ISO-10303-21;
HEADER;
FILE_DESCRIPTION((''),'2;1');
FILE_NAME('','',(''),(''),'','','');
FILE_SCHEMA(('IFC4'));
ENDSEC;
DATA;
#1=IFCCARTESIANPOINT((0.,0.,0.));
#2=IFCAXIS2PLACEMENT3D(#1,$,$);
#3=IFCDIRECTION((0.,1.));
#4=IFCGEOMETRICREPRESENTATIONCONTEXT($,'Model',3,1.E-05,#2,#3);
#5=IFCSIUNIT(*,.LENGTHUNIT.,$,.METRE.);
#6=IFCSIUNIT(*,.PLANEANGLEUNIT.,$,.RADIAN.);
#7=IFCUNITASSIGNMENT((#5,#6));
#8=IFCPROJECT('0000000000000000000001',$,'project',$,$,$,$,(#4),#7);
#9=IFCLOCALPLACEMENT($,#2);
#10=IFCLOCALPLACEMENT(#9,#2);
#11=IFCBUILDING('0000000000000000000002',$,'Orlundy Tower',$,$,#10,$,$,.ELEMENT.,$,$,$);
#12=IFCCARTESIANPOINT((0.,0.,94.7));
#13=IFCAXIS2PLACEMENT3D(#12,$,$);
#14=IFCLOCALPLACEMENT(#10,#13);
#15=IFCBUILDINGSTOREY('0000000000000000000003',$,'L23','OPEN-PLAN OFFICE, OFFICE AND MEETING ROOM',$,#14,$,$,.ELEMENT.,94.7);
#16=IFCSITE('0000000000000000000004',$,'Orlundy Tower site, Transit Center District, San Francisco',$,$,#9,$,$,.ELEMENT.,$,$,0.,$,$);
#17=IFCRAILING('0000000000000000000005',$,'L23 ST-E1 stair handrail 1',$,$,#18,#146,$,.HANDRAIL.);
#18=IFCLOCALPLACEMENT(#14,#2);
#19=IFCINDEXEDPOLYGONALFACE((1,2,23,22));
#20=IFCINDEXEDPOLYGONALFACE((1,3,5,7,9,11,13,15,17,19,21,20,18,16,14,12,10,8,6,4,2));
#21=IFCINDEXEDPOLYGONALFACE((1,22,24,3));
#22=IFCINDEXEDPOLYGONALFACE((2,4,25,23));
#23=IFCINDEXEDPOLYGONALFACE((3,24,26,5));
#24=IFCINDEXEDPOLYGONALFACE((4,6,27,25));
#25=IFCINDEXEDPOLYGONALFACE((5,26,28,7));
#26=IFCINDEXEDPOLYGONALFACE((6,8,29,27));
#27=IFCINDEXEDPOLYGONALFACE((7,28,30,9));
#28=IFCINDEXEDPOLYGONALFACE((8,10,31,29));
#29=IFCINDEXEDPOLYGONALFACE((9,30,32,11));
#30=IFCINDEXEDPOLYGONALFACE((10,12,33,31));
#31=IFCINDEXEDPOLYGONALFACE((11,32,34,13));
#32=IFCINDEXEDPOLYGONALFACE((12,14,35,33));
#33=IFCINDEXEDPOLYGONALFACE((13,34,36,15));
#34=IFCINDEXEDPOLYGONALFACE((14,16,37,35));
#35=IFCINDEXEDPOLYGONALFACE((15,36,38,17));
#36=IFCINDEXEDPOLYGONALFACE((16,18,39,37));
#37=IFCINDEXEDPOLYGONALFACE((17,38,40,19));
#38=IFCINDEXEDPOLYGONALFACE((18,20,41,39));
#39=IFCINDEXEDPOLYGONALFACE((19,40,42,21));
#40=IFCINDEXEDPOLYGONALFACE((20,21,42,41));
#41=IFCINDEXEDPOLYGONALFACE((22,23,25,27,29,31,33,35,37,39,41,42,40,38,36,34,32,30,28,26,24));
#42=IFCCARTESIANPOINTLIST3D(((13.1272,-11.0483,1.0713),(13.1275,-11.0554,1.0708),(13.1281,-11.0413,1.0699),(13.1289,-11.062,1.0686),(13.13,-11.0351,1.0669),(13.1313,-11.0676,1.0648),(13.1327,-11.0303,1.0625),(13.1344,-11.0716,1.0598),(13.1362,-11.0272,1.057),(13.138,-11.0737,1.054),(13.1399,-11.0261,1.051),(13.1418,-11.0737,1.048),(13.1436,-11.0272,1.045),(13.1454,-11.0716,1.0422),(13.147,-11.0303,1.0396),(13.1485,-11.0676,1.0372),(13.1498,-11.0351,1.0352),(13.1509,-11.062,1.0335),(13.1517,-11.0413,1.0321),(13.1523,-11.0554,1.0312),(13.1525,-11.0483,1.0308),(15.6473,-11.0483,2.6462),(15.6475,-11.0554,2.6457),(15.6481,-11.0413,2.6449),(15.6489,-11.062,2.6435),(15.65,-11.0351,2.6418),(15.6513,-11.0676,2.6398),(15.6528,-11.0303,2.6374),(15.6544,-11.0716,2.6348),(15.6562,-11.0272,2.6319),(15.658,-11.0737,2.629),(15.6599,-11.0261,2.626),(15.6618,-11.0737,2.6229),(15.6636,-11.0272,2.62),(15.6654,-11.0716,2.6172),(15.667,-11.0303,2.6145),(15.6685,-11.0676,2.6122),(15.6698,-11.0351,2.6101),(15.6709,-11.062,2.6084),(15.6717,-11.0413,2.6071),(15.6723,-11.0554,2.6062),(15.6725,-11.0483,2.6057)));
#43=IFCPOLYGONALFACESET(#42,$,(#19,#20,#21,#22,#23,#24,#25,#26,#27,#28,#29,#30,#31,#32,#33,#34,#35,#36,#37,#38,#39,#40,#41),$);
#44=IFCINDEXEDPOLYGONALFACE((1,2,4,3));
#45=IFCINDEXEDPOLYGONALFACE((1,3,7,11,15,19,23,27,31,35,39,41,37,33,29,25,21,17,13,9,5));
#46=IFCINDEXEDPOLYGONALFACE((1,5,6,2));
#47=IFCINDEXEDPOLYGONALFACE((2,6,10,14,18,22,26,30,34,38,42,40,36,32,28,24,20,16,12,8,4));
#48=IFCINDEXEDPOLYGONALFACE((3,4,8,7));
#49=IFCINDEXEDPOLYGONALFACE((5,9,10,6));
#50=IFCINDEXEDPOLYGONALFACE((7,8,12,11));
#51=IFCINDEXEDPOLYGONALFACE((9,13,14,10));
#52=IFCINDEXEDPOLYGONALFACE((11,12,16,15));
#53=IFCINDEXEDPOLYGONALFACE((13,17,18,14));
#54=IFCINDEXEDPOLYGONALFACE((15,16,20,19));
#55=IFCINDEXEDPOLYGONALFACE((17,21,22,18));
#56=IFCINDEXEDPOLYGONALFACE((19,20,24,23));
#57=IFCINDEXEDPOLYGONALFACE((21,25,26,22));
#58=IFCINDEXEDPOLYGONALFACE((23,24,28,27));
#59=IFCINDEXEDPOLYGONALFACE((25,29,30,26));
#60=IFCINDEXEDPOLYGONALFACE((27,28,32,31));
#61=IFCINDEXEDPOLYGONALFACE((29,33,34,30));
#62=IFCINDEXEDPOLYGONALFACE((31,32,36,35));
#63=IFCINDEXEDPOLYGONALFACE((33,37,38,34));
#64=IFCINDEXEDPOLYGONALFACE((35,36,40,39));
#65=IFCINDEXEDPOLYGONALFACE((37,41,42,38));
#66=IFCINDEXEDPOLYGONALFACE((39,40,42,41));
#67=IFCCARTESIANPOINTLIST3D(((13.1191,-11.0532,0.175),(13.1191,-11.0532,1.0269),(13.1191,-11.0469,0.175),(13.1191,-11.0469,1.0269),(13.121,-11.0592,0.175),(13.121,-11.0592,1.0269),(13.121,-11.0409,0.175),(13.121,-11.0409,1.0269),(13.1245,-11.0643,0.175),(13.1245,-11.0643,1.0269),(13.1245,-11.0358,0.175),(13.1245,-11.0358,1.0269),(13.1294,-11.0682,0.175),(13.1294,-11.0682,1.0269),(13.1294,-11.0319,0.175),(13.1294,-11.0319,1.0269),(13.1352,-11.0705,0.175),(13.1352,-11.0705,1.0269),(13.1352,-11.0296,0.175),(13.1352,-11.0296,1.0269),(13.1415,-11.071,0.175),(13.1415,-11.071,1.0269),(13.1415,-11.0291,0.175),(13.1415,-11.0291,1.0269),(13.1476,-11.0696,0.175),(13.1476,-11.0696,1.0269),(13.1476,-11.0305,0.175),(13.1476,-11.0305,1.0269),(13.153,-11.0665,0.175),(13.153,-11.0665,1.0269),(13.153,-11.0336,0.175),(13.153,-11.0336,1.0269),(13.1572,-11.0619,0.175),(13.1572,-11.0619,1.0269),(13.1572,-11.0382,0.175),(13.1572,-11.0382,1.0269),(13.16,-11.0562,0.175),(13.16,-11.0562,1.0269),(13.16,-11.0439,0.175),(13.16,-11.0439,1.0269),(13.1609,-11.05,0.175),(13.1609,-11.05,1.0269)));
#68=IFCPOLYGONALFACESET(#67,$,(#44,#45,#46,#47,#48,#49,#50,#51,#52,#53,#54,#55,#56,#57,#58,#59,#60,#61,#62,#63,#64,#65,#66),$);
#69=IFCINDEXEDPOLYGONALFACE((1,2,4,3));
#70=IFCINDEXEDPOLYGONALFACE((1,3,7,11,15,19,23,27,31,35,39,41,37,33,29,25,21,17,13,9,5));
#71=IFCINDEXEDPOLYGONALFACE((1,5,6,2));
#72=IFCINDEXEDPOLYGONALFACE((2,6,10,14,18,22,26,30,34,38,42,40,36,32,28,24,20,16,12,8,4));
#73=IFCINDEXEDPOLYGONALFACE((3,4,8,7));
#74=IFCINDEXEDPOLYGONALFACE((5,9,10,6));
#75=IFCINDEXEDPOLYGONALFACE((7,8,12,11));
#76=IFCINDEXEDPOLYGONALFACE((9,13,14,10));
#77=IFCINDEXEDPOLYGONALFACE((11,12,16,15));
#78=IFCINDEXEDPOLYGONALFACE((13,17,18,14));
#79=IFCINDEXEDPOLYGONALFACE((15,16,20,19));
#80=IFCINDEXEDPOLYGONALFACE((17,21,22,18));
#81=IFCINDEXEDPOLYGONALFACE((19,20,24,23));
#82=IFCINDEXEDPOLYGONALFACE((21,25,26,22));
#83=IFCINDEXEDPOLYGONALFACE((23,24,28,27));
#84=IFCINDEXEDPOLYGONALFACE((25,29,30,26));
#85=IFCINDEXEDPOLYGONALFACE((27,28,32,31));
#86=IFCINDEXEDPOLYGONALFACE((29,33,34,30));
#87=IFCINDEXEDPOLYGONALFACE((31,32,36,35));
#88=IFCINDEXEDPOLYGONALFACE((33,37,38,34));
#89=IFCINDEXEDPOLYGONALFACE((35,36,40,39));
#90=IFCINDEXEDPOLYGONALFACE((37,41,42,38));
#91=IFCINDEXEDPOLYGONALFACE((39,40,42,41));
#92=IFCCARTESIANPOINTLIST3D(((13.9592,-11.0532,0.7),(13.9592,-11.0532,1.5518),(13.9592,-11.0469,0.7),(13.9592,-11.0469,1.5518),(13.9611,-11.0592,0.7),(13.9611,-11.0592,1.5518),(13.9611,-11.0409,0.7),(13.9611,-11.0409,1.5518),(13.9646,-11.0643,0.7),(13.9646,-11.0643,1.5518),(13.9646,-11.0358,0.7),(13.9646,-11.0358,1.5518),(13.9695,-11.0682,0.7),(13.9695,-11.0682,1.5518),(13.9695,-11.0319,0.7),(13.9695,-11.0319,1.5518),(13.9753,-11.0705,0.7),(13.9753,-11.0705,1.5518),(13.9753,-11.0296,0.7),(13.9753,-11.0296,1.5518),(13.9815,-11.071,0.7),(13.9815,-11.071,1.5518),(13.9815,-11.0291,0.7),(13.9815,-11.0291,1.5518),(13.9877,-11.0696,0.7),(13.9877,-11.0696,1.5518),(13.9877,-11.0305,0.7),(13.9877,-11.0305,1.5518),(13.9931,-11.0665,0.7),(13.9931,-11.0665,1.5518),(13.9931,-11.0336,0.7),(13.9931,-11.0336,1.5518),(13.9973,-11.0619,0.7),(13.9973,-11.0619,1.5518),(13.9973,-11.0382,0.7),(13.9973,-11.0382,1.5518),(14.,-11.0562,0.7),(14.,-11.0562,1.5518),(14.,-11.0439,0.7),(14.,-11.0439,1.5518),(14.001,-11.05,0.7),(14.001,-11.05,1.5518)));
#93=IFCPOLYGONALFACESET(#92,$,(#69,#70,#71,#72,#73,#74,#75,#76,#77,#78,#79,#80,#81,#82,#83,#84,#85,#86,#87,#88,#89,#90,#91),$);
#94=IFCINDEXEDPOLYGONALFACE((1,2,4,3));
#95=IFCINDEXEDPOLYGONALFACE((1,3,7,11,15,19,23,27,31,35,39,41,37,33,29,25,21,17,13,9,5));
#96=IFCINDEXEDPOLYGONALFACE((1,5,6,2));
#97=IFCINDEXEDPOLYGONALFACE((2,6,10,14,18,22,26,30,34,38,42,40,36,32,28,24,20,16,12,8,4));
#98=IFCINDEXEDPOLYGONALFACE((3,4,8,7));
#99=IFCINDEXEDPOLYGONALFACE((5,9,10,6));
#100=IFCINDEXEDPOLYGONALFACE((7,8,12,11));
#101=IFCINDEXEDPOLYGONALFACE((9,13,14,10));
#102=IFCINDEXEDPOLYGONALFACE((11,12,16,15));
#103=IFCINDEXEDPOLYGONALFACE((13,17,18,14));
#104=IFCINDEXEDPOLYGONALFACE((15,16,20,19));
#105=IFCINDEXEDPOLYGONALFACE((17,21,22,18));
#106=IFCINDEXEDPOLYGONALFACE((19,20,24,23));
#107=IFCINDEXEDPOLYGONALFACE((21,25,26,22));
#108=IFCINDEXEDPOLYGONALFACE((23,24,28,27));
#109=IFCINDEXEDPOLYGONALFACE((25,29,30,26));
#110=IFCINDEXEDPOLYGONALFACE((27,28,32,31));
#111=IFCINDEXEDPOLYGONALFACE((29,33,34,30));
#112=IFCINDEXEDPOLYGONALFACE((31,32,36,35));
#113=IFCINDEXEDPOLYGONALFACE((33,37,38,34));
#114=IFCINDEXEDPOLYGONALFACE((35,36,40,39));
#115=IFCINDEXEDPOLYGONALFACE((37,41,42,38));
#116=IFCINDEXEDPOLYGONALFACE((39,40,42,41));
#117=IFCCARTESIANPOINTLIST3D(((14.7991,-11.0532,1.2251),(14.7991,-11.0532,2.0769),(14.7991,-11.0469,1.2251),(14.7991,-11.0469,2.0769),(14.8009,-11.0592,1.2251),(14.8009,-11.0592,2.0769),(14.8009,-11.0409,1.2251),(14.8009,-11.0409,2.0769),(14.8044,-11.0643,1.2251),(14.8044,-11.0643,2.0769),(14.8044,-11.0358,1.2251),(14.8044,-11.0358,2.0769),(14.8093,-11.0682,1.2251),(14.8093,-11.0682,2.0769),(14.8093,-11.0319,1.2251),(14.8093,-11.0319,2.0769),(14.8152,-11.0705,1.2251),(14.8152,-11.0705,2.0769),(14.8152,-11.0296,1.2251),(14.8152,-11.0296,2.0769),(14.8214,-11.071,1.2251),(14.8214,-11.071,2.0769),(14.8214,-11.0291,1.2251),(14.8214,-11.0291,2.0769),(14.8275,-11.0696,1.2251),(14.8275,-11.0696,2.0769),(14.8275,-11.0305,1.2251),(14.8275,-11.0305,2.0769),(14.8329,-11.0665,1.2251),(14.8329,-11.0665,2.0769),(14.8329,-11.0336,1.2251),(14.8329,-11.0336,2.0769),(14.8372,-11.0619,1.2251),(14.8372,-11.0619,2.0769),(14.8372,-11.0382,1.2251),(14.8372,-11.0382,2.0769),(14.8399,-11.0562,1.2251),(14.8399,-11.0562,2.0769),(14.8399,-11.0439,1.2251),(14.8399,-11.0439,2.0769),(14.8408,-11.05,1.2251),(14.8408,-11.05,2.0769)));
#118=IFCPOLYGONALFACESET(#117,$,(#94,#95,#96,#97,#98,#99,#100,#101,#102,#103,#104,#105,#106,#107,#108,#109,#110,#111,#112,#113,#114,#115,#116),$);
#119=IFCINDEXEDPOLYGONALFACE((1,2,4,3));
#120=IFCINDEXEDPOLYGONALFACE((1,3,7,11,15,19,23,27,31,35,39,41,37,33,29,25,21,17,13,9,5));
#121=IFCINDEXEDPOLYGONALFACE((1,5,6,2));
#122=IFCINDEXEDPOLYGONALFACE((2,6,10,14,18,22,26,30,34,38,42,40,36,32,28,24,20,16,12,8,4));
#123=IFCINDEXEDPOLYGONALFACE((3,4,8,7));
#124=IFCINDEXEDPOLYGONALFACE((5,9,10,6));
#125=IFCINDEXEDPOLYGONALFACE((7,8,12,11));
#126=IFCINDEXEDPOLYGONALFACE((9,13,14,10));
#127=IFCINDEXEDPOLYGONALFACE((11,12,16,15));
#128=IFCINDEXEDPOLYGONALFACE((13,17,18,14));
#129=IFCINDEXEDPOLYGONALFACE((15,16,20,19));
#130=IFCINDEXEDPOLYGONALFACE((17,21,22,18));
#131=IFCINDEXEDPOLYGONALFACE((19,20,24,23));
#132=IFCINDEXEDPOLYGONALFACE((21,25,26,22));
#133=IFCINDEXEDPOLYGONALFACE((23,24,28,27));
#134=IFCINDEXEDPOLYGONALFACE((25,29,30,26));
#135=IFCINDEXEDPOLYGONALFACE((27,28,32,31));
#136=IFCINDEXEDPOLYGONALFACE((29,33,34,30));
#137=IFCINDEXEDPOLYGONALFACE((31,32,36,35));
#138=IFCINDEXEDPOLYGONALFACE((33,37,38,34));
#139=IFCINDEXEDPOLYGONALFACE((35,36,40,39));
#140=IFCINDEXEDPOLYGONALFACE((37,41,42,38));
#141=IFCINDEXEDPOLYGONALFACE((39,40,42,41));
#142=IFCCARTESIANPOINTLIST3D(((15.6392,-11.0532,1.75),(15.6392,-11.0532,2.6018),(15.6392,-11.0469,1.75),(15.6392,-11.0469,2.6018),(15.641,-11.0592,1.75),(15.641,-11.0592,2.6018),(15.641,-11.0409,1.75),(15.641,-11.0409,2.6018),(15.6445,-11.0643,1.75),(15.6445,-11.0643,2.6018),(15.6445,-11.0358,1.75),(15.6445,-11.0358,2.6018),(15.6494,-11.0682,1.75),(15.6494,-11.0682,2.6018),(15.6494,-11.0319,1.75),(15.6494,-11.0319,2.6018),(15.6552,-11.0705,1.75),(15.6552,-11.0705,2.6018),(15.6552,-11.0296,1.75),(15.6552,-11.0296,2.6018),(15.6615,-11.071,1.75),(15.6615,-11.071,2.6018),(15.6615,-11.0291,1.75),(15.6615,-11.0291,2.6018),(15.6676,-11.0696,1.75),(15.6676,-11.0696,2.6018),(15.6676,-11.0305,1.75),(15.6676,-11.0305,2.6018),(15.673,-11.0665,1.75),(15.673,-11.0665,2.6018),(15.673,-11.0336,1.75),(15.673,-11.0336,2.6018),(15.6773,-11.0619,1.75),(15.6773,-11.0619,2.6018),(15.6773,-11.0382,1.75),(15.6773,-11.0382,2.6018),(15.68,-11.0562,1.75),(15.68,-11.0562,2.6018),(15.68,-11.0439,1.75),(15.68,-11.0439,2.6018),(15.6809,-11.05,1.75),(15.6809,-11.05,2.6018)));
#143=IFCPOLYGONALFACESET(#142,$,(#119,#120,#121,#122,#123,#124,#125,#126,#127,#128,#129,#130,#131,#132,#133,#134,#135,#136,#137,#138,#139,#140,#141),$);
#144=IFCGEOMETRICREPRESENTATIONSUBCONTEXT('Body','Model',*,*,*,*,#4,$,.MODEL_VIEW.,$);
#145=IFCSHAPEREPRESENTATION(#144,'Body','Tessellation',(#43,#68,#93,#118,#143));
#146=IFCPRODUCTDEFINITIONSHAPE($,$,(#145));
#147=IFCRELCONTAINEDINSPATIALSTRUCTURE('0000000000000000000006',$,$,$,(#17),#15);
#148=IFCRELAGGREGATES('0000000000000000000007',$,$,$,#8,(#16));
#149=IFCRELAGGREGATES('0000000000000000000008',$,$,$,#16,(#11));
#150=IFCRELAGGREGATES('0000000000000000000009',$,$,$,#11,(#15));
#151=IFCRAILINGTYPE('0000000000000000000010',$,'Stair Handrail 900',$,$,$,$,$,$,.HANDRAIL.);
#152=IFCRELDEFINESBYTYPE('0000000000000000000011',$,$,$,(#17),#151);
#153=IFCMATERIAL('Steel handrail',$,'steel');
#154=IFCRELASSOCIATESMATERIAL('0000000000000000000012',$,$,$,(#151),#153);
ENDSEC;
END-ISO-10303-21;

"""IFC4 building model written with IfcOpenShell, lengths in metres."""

from ifc_helpers import new_model, si_unit, direction, frame, origin, origin_2d, place, context, subcontext, project, spatial, circle, extrude, material, type_object, element, save


model = new_model("IFC4")

# Units and contexts
model_context = context("Model", 3, precision=1e-05, world=origin(), true_north=direction((0.0, 1.0)))
body_context = subcontext(model_context, "Body", "Model", "MODEL_VIEW")
ifc_project = project(units=[si_unit("LENGTHUNIT", "METRE"), si_unit("PLANEANGLEUNIT", "RADIAN")], contexts=[model_context])

# Site, building, storey
site_placement = place(None, origin())
site = spatial("IfcSite", under=ifc_project, at=site_placement, Name="Orlundy Tower site, Transit Center District, San Francisco", CompositionType="ELEMENT", RefElevation=0.0)
building_placement = place(site_placement, origin())
building = spatial("IfcBuilding", under=site, at=building_placement, Name="Orlundy Tower", CompositionType="ELEMENT")
storey_placement = place(building_placement, frame((0.0, 0.0, 94.7)))
storey = spatial("IfcBuildingStorey", under=building, at=storey_placement, Name="L23", Description="OPEN-PLAN OFFICE, OFFICE AND MEETING ROOM", CompositionType="ELEMENT", Elevation=94.7)

# Railing
ifc_material_1 = material(Name="Steel handrail", Category="steel")
railing_type_1 = type_object("IfcRailingType", Name="Stair Handrail 900", PredefinedType="HANDRAIL", material=ifc_material_1)
railing_1_placement = place(storey_placement, frame((13.1399, -11.05, 0.175)))
element("IfcRailing", 1, at=railing_1_placement, inside=storey, type_object=railing_type_1, Name="L23 ST-E1 stair handrail 1", PredefinedType="HANDRAIL", context=body_context, shape_type="SweptSolid", body=[
    extrude(circle(Radius=0.0239, at=origin_2d()), frame((0.0, 0.0, 0.876), z_axis=(0.848008, 0.0, 0.529984), x_axis=(0.0, 1.0, 0.0)), (0.0, 0.0, 1.0), 2.9717),
    extrude(circle(Radius=0.021, at=origin_2d()), origin(), (0.0, 0.0, 1.0), 0.8518),
    extrude(circle(Radius=0.021, at=origin_2d()), frame((0.8401, 0.0, 0.5249)), (0.0, 0.0, 1.0), 0.8518),
    extrude(circle(Radius=0.021, at=origin_2d()), frame((1.6799, 0.0, 1.05)), (0.0, 0.0, 1.0), 0.8518),
    extrude(circle(Radius=0.021, at=origin_2d()), frame((2.52, 0.0, 1.575)), (0.0, 0.0, 1.0), 0.8518),
])

save(model, "model.ifc")
